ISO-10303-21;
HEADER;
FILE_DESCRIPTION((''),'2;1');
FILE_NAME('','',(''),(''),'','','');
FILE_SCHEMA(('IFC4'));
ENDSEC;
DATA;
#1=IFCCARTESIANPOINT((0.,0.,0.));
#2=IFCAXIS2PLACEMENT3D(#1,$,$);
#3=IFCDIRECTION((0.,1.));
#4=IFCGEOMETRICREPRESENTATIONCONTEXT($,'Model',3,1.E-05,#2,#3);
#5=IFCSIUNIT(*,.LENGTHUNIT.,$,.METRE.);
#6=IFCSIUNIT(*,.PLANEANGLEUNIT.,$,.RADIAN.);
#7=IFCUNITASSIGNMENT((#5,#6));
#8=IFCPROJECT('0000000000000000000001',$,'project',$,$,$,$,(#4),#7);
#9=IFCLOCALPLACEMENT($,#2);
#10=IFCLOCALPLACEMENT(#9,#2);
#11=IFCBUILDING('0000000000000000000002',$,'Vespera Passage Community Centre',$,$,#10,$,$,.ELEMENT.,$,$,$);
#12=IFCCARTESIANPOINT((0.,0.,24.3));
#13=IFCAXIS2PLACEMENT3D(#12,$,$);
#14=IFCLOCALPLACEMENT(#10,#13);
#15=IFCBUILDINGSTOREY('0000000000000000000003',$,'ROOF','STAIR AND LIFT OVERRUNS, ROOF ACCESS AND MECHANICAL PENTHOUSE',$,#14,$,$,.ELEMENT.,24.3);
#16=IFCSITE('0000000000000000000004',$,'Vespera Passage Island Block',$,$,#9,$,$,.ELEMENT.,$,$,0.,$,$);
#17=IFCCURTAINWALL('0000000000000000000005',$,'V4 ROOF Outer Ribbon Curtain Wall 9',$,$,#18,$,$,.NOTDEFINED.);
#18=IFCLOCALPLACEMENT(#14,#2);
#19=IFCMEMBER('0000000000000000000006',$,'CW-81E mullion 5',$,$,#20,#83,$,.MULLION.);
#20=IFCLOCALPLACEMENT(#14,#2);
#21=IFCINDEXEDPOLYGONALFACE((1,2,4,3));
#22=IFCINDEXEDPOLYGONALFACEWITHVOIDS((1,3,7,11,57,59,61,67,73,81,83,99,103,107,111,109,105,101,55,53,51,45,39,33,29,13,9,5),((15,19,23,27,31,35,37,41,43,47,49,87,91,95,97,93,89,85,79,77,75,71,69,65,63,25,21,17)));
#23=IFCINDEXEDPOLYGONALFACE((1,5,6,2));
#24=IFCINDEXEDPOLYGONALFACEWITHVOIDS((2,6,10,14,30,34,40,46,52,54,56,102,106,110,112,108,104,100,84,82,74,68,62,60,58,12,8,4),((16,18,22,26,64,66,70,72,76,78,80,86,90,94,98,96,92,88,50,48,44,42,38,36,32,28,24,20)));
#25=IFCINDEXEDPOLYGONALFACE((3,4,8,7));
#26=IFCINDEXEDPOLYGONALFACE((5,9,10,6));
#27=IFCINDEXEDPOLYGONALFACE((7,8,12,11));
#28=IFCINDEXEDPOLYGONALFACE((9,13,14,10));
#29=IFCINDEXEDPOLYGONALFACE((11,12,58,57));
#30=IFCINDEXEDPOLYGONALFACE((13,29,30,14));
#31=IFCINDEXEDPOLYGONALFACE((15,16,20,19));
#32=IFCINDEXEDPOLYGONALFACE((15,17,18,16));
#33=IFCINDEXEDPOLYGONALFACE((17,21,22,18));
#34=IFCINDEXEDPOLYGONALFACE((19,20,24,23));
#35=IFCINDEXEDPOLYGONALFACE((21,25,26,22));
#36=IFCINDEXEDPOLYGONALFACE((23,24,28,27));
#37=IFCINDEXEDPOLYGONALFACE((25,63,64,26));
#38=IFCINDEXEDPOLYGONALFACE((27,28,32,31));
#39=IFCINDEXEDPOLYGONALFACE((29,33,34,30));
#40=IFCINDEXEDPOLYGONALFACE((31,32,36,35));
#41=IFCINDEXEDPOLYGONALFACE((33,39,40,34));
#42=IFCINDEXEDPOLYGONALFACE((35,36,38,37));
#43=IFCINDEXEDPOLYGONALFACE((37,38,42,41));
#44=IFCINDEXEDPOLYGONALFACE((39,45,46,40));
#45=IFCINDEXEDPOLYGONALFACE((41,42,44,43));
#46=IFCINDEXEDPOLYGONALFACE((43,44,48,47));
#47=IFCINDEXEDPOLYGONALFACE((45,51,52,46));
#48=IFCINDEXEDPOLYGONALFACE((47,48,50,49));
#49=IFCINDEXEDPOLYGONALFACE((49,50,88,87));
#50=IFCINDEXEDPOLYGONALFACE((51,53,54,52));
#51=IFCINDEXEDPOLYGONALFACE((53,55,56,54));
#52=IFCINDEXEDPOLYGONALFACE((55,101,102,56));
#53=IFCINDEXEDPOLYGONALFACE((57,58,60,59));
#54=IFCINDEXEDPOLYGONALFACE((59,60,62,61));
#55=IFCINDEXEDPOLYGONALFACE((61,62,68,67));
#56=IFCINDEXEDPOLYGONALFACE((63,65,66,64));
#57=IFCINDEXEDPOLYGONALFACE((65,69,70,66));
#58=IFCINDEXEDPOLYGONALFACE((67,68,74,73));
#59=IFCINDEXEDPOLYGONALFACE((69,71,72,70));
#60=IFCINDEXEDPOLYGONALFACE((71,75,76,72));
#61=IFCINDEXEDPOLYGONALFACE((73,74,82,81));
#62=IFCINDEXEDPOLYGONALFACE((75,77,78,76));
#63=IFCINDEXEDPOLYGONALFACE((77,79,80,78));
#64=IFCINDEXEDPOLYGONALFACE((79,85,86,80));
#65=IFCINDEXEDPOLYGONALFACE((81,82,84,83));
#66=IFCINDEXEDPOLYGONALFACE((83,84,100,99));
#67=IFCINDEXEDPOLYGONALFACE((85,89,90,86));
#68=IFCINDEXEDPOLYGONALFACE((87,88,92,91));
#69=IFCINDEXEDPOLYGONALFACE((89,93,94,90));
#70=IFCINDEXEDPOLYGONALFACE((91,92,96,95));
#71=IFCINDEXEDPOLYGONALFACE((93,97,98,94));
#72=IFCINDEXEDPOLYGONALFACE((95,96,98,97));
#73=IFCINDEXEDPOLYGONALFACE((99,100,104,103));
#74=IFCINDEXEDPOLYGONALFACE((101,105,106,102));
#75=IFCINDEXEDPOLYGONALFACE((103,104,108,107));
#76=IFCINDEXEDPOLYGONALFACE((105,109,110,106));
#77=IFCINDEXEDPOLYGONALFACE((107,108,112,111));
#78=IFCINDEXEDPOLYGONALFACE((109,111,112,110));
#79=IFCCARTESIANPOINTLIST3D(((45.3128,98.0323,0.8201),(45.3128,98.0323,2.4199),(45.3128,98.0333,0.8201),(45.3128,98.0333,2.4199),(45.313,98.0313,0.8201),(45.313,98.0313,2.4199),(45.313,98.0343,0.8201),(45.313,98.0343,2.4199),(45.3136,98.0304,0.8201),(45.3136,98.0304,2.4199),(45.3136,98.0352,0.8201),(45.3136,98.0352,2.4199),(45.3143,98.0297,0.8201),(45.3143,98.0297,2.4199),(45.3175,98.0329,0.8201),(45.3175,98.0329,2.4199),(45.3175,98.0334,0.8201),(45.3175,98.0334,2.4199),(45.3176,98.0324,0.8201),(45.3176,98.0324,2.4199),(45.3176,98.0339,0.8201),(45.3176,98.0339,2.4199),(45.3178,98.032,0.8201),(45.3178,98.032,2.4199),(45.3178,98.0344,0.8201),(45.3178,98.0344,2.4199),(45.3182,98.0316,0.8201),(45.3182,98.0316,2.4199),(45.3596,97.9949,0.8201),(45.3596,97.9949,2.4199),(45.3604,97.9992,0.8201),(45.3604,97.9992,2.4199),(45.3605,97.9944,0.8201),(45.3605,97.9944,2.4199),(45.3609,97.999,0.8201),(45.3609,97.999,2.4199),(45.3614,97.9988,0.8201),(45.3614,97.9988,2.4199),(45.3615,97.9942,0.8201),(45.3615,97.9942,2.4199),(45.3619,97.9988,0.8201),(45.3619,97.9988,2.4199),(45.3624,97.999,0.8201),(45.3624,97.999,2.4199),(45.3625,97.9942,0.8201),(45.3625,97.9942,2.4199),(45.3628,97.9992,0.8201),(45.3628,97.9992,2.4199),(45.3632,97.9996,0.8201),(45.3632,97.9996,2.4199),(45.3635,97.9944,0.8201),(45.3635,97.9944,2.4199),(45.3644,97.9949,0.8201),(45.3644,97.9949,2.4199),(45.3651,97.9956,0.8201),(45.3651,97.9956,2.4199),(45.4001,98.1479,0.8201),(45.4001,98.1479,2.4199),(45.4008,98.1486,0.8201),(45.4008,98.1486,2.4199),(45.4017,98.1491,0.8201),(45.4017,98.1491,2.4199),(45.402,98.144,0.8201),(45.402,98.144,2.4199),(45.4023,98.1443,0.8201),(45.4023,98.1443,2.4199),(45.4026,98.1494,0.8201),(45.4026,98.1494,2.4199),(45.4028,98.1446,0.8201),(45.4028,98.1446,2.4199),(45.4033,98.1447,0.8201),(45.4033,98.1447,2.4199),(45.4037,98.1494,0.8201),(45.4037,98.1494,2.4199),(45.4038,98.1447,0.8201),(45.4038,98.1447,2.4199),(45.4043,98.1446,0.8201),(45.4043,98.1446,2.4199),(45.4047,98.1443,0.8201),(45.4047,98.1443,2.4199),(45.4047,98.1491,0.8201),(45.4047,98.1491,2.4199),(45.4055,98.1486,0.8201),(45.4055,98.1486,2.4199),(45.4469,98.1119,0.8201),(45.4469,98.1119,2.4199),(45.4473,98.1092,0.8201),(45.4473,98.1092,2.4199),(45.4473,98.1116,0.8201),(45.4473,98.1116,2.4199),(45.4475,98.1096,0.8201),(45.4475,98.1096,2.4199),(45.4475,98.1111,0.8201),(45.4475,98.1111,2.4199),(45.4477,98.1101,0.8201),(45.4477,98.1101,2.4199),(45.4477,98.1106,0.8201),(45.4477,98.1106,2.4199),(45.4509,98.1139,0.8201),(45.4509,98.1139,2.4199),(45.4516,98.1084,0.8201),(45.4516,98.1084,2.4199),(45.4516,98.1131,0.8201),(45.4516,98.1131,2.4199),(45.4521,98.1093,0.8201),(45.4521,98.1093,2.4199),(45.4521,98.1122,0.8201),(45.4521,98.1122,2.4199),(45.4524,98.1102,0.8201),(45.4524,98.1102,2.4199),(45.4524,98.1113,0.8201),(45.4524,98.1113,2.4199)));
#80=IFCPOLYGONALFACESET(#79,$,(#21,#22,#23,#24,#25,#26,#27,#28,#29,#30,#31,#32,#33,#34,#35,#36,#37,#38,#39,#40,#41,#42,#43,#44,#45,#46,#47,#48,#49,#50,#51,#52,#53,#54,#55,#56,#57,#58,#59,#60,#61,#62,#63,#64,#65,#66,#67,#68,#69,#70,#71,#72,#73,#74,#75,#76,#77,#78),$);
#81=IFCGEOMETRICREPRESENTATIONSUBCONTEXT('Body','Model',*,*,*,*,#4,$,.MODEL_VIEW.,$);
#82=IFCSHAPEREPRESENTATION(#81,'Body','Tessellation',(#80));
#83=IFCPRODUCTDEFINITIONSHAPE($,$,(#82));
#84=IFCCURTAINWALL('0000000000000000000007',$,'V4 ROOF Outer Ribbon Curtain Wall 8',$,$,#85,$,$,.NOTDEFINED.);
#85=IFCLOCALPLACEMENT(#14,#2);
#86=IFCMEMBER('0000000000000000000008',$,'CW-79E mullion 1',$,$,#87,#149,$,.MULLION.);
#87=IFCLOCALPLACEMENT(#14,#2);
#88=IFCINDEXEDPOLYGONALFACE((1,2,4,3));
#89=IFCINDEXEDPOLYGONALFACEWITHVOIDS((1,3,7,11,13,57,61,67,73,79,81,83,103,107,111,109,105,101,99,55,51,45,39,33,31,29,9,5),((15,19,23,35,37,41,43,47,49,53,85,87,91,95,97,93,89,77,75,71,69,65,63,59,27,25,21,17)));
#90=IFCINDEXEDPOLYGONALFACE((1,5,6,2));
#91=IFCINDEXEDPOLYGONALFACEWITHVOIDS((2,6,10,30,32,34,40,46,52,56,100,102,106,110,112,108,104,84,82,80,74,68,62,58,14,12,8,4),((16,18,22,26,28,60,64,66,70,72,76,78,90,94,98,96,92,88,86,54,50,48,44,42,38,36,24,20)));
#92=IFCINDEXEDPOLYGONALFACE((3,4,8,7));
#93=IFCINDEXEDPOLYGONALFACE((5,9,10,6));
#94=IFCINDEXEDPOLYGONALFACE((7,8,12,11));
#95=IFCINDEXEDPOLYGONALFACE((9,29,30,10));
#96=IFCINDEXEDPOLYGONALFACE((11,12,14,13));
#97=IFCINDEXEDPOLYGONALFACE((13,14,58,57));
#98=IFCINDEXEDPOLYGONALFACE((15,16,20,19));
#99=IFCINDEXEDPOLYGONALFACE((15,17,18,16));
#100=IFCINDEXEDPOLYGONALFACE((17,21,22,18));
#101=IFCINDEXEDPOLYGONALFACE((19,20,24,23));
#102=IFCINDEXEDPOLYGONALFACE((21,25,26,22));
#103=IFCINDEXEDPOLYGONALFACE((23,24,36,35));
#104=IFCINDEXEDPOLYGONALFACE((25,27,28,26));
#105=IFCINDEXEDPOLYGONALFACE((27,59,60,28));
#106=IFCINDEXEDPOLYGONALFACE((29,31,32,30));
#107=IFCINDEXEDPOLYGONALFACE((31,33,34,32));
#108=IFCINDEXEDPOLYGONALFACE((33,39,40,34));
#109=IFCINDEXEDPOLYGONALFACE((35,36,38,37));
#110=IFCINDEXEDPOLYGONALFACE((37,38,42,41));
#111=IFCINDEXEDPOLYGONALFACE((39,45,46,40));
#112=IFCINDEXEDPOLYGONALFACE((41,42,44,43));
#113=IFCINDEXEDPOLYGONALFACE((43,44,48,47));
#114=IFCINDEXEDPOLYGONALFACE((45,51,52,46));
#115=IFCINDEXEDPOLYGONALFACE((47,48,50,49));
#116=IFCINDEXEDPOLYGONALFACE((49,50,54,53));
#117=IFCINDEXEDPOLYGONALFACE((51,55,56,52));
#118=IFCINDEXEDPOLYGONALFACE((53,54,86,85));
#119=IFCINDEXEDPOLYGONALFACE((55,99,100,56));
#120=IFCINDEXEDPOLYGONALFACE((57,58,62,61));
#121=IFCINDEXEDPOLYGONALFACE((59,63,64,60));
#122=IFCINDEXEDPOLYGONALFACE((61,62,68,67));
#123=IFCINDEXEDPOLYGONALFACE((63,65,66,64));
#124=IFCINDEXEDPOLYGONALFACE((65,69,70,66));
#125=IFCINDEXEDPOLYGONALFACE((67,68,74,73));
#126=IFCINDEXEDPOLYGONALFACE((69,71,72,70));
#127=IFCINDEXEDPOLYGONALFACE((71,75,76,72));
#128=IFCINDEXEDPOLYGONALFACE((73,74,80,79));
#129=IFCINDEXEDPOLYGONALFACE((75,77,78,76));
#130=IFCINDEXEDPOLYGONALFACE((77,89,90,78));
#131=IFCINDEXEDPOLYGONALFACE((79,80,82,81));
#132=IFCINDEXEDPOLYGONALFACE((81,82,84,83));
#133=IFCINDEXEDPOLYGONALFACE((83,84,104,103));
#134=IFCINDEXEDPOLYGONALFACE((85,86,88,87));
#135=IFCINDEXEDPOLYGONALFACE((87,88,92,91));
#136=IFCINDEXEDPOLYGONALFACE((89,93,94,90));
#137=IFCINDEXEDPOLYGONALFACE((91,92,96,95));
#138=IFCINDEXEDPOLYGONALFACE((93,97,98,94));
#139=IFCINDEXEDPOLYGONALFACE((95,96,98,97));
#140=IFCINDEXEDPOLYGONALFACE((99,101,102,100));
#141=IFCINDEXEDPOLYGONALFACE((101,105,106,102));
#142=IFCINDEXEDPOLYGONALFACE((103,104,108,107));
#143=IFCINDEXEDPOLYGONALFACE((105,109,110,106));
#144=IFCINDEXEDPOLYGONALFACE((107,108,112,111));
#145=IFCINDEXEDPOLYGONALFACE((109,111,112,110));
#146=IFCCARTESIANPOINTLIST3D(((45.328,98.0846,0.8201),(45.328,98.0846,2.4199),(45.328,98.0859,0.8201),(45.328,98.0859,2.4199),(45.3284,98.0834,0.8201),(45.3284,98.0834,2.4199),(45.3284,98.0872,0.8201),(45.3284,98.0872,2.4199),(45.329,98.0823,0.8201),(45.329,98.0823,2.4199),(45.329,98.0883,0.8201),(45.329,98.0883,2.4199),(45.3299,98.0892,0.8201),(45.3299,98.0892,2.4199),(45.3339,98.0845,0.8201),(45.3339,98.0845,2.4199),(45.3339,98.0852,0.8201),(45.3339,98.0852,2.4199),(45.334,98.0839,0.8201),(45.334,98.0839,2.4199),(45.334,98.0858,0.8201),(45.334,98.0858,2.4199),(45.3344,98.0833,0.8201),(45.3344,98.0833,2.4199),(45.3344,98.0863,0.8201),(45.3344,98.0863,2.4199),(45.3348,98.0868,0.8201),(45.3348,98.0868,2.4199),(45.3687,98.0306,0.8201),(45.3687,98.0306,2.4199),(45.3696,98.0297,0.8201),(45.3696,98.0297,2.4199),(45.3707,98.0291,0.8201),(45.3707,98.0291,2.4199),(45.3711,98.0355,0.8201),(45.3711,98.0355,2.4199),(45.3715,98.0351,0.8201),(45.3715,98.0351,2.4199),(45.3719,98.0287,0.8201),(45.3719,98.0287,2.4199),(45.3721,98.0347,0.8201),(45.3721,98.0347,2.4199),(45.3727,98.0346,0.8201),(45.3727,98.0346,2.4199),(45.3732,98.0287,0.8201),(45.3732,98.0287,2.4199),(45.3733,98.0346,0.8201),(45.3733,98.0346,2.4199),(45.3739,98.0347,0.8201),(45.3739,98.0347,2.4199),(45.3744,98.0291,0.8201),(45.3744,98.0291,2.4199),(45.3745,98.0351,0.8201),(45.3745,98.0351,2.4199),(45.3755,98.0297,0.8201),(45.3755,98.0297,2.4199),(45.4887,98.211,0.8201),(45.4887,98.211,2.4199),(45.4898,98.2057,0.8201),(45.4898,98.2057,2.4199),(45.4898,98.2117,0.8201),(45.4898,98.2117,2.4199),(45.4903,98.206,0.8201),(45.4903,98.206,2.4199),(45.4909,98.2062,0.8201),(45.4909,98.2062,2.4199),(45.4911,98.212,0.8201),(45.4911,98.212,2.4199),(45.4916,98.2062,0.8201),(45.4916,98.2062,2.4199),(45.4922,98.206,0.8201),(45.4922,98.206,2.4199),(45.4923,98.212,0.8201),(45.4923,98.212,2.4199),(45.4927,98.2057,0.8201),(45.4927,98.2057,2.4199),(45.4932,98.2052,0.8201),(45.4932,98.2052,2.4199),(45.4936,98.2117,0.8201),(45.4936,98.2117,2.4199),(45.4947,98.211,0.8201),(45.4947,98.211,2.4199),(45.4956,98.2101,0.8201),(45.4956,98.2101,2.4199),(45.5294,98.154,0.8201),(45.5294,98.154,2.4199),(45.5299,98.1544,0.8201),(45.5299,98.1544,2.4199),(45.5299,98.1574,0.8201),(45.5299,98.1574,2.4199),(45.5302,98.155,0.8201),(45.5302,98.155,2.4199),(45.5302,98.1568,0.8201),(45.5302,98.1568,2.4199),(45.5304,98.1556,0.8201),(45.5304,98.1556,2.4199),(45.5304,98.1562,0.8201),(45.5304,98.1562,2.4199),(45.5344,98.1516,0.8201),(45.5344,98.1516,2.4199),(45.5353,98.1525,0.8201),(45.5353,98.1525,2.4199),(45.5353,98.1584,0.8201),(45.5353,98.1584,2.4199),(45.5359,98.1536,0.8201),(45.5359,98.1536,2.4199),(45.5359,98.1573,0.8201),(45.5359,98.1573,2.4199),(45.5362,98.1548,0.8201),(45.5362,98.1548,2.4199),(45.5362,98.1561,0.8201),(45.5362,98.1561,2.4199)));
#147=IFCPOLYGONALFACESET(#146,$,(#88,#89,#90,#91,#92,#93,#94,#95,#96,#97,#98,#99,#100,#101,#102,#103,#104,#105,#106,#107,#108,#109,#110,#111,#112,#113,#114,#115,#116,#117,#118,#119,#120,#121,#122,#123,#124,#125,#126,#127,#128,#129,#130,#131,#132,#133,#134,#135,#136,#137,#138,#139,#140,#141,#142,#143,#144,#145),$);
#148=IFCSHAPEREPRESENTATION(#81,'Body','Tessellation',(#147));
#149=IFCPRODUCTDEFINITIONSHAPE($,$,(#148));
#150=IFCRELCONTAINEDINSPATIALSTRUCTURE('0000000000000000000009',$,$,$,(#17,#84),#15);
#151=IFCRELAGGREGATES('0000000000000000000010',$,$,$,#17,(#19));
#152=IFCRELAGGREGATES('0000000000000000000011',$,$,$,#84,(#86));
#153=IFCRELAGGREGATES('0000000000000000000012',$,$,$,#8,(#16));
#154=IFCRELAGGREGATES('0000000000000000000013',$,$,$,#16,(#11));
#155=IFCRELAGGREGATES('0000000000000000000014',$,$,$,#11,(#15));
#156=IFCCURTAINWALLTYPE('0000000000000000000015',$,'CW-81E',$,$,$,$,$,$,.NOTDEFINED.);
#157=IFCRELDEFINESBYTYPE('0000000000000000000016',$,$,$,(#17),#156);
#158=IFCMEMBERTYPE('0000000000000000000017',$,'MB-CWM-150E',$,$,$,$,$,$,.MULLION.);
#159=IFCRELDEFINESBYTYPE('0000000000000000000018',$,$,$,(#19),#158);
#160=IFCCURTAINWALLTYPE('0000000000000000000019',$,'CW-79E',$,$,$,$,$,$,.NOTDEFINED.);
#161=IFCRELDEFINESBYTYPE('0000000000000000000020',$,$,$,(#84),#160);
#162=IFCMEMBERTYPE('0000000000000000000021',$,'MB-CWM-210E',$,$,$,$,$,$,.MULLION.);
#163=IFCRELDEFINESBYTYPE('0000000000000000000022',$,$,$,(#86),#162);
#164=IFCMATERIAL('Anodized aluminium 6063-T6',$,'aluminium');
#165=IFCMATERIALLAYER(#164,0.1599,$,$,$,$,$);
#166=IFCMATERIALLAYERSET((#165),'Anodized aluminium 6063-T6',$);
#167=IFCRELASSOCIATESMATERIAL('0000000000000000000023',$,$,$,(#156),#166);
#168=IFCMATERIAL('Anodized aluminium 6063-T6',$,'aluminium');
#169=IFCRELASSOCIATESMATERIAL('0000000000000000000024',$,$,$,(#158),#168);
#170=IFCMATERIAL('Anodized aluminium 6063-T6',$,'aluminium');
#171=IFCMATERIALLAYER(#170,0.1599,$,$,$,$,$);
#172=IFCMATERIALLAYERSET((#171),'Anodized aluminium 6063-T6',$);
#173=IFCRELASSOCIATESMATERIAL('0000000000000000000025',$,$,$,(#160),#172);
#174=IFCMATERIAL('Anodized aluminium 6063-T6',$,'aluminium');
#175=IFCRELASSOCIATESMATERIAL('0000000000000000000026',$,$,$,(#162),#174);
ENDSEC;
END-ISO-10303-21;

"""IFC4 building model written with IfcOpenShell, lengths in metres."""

from ifc_helpers import new_model, si_unit, direction, frame, origin, origin_2d, place, context, subcontext, project, spatial, hollow_rectangle, extrude, material, layer, layer_set, material_profile, profile_set, type_object, element, aggregate, save


model = new_model("IFC4")

# Units and contexts
model_context = context("Model", 3, precision=1e-05, world=origin(), true_north=direction((0.0, 1.0)))
body_context = subcontext(model_context, "Body", "Model", "MODEL_VIEW")
ifc_project = project(units=[si_unit("LENGTHUNIT", "METRE"), si_unit("PLANEANGLEUNIT", "RADIAN")], contexts=[model_context])

# Site, building, storey
site_placement = place(None, origin())
site = spatial("IfcSite", under=ifc_project, at=site_placement, Name="Vespera Passage Island Block", CompositionType="ELEMENT", RefElevation=0.0)
building_placement = place(site_placement, origin())
building = spatial("IfcBuilding", under=site, at=building_placement, Name="Vespera Passage Community Centre", CompositionType="ELEMENT")
storey_placement = place(building_placement, frame((0.0, 0.0, 24.3)))
storey = spatial("IfcBuildingStorey", under=building, at=storey_placement, Name="ROOF", Description="STAIR AND LIFT OVERRUNS, ROOF ACCESS AND MECHANICAL PENTHOUSE", CompositionType="ELEMENT", Elevation=24.3)

# Curtain walls, members
ifc_material_1 = material(Name="Anodized aluminium 6063-T6", Category="aluminium")
ifc_layer_1 = layer(ifc_material_1, 0.1599)
ifc_layer_set_1 = layer_set([ifc_layer_1], Name="Anodized aluminium 6063-T6")
curtain_wall_type_1 = type_object("IfcCurtainWallType", Name="CW-81E", PredefinedType="NOTDEFINED", material=ifc_layer_set_1)
curtain_wall_1_placement = place(storey_placement, origin())
curtain_wall_1 = element("IfcCurtainWall", 1, at=curtain_wall_1_placement, inside=storey, type_object=curtain_wall_type_1, Name="V4 ROOF Outer Ribbon Curtain Wall 9", PredefinedType="NOTDEFINED")
ifc_material_2 = material(Name="Anodized aluminium 6063-T6", Category="aluminium")
ifc_material_profile_1 = material_profile(ifc_material_2, hollow_rectangle(XDim=0.0649, YDim=0.1499, WallThickness=0.0039, InnerFilletRadius=0.002, OuterFilletRadius=0.0039, at=origin_2d()), Name="ALU150X65X4")
ifc_profile_set_1 = profile_set([ifc_material_profile_1], Name="Anodized aluminium 6063-T6")
member_type_1 = type_object("IfcMemberType", Name="MB-CWM-150E", PredefinedType="MULLION", material=ifc_profile_set_1)
member_1_placement = place(storey_placement, frame((45.3826, 98.0718, 0.8201), z_axis=(0.0, 0.0, 1.0), x_axis=(-0.79335, 0.608765, 0.0)))
member_1 = element("IfcMember", 2, at=member_1_placement, type_object=member_type_1, Name="CW-81E mullion 5", PredefinedType="MULLION", context=body_context, shape_type="SweptSolid", body=[
    extrude(hollow_rectangle(XDim=0.0649, YDim=0.1499, WallThickness=0.0039, InnerFilletRadius=0.002, OuterFilletRadius=0.0039, at=origin_2d()), origin(), (0.0, 0.0, 1.0), 1.5999),
])
ifc_material_3 = material(Name="Anodized aluminium 6063-T6", Category="aluminium")
ifc_layer_2 = layer(ifc_material_3, 0.1599)
ifc_layer_set_2 = layer_set([ifc_layer_2], Name="Anodized aluminium 6063-T6")
curtain_wall_type_2 = type_object("IfcCurtainWallType", Name="CW-79E", PredefinedType="NOTDEFINED", material=ifc_layer_set_2)
curtain_wall_2_placement = place(storey_placement, origin())
curtain_wall_2 = element("IfcCurtainWall", 3, at=curtain_wall_2_placement, inside=storey, type_object=curtain_wall_type_2, Name="V4 ROOF Outer Ribbon Curtain Wall 8", PredefinedType="NOTDEFINED")
ifc_material_4 = material(Name="Anodized aluminium 6063-T6", Category="aluminium")
ifc_material_profile_2 = material_profile(ifc_material_4, hollow_rectangle(XDim=0.075, YDim=0.21, WallThickness=0.0049, InnerFilletRadius=0.0024, OuterFilletRadius=0.0049, at=origin_2d()), Name="ALU210X75X5")
ifc_profile_set_2 = profile_set([ifc_material_profile_2], Name="Anodized aluminium 6063-T6")
member_type_2 = type_object("IfcMemberType", Name="MB-CWM-210E", PredefinedType="MULLION", material=ifc_profile_set_2)
member_2_placement = place(storey_placement, frame((45.4321, 98.1204, 0.8201), z_axis=(0.0, 0.0, 1.0), x_axis=(-0.608768, 0.793348, 0.0)))
member_2 = element("IfcMember", 4, at=member_2_placement, type_object=member_type_2, Name="CW-79E mullion 1", PredefinedType="MULLION", context=body_context, shape_type="SweptSolid", body=[
    extrude(hollow_rectangle(XDim=0.075, YDim=0.21, WallThickness=0.0049, InnerFilletRadius=0.0024, OuterFilletRadius=0.0049, at=origin_2d()), origin(), (0.0, 0.0, 1.0), 1.5999),
])

aggregate(curtain_wall_1, [member_1])
aggregate(curtain_wall_2, [member_2])

save(model, "model.ifc")
